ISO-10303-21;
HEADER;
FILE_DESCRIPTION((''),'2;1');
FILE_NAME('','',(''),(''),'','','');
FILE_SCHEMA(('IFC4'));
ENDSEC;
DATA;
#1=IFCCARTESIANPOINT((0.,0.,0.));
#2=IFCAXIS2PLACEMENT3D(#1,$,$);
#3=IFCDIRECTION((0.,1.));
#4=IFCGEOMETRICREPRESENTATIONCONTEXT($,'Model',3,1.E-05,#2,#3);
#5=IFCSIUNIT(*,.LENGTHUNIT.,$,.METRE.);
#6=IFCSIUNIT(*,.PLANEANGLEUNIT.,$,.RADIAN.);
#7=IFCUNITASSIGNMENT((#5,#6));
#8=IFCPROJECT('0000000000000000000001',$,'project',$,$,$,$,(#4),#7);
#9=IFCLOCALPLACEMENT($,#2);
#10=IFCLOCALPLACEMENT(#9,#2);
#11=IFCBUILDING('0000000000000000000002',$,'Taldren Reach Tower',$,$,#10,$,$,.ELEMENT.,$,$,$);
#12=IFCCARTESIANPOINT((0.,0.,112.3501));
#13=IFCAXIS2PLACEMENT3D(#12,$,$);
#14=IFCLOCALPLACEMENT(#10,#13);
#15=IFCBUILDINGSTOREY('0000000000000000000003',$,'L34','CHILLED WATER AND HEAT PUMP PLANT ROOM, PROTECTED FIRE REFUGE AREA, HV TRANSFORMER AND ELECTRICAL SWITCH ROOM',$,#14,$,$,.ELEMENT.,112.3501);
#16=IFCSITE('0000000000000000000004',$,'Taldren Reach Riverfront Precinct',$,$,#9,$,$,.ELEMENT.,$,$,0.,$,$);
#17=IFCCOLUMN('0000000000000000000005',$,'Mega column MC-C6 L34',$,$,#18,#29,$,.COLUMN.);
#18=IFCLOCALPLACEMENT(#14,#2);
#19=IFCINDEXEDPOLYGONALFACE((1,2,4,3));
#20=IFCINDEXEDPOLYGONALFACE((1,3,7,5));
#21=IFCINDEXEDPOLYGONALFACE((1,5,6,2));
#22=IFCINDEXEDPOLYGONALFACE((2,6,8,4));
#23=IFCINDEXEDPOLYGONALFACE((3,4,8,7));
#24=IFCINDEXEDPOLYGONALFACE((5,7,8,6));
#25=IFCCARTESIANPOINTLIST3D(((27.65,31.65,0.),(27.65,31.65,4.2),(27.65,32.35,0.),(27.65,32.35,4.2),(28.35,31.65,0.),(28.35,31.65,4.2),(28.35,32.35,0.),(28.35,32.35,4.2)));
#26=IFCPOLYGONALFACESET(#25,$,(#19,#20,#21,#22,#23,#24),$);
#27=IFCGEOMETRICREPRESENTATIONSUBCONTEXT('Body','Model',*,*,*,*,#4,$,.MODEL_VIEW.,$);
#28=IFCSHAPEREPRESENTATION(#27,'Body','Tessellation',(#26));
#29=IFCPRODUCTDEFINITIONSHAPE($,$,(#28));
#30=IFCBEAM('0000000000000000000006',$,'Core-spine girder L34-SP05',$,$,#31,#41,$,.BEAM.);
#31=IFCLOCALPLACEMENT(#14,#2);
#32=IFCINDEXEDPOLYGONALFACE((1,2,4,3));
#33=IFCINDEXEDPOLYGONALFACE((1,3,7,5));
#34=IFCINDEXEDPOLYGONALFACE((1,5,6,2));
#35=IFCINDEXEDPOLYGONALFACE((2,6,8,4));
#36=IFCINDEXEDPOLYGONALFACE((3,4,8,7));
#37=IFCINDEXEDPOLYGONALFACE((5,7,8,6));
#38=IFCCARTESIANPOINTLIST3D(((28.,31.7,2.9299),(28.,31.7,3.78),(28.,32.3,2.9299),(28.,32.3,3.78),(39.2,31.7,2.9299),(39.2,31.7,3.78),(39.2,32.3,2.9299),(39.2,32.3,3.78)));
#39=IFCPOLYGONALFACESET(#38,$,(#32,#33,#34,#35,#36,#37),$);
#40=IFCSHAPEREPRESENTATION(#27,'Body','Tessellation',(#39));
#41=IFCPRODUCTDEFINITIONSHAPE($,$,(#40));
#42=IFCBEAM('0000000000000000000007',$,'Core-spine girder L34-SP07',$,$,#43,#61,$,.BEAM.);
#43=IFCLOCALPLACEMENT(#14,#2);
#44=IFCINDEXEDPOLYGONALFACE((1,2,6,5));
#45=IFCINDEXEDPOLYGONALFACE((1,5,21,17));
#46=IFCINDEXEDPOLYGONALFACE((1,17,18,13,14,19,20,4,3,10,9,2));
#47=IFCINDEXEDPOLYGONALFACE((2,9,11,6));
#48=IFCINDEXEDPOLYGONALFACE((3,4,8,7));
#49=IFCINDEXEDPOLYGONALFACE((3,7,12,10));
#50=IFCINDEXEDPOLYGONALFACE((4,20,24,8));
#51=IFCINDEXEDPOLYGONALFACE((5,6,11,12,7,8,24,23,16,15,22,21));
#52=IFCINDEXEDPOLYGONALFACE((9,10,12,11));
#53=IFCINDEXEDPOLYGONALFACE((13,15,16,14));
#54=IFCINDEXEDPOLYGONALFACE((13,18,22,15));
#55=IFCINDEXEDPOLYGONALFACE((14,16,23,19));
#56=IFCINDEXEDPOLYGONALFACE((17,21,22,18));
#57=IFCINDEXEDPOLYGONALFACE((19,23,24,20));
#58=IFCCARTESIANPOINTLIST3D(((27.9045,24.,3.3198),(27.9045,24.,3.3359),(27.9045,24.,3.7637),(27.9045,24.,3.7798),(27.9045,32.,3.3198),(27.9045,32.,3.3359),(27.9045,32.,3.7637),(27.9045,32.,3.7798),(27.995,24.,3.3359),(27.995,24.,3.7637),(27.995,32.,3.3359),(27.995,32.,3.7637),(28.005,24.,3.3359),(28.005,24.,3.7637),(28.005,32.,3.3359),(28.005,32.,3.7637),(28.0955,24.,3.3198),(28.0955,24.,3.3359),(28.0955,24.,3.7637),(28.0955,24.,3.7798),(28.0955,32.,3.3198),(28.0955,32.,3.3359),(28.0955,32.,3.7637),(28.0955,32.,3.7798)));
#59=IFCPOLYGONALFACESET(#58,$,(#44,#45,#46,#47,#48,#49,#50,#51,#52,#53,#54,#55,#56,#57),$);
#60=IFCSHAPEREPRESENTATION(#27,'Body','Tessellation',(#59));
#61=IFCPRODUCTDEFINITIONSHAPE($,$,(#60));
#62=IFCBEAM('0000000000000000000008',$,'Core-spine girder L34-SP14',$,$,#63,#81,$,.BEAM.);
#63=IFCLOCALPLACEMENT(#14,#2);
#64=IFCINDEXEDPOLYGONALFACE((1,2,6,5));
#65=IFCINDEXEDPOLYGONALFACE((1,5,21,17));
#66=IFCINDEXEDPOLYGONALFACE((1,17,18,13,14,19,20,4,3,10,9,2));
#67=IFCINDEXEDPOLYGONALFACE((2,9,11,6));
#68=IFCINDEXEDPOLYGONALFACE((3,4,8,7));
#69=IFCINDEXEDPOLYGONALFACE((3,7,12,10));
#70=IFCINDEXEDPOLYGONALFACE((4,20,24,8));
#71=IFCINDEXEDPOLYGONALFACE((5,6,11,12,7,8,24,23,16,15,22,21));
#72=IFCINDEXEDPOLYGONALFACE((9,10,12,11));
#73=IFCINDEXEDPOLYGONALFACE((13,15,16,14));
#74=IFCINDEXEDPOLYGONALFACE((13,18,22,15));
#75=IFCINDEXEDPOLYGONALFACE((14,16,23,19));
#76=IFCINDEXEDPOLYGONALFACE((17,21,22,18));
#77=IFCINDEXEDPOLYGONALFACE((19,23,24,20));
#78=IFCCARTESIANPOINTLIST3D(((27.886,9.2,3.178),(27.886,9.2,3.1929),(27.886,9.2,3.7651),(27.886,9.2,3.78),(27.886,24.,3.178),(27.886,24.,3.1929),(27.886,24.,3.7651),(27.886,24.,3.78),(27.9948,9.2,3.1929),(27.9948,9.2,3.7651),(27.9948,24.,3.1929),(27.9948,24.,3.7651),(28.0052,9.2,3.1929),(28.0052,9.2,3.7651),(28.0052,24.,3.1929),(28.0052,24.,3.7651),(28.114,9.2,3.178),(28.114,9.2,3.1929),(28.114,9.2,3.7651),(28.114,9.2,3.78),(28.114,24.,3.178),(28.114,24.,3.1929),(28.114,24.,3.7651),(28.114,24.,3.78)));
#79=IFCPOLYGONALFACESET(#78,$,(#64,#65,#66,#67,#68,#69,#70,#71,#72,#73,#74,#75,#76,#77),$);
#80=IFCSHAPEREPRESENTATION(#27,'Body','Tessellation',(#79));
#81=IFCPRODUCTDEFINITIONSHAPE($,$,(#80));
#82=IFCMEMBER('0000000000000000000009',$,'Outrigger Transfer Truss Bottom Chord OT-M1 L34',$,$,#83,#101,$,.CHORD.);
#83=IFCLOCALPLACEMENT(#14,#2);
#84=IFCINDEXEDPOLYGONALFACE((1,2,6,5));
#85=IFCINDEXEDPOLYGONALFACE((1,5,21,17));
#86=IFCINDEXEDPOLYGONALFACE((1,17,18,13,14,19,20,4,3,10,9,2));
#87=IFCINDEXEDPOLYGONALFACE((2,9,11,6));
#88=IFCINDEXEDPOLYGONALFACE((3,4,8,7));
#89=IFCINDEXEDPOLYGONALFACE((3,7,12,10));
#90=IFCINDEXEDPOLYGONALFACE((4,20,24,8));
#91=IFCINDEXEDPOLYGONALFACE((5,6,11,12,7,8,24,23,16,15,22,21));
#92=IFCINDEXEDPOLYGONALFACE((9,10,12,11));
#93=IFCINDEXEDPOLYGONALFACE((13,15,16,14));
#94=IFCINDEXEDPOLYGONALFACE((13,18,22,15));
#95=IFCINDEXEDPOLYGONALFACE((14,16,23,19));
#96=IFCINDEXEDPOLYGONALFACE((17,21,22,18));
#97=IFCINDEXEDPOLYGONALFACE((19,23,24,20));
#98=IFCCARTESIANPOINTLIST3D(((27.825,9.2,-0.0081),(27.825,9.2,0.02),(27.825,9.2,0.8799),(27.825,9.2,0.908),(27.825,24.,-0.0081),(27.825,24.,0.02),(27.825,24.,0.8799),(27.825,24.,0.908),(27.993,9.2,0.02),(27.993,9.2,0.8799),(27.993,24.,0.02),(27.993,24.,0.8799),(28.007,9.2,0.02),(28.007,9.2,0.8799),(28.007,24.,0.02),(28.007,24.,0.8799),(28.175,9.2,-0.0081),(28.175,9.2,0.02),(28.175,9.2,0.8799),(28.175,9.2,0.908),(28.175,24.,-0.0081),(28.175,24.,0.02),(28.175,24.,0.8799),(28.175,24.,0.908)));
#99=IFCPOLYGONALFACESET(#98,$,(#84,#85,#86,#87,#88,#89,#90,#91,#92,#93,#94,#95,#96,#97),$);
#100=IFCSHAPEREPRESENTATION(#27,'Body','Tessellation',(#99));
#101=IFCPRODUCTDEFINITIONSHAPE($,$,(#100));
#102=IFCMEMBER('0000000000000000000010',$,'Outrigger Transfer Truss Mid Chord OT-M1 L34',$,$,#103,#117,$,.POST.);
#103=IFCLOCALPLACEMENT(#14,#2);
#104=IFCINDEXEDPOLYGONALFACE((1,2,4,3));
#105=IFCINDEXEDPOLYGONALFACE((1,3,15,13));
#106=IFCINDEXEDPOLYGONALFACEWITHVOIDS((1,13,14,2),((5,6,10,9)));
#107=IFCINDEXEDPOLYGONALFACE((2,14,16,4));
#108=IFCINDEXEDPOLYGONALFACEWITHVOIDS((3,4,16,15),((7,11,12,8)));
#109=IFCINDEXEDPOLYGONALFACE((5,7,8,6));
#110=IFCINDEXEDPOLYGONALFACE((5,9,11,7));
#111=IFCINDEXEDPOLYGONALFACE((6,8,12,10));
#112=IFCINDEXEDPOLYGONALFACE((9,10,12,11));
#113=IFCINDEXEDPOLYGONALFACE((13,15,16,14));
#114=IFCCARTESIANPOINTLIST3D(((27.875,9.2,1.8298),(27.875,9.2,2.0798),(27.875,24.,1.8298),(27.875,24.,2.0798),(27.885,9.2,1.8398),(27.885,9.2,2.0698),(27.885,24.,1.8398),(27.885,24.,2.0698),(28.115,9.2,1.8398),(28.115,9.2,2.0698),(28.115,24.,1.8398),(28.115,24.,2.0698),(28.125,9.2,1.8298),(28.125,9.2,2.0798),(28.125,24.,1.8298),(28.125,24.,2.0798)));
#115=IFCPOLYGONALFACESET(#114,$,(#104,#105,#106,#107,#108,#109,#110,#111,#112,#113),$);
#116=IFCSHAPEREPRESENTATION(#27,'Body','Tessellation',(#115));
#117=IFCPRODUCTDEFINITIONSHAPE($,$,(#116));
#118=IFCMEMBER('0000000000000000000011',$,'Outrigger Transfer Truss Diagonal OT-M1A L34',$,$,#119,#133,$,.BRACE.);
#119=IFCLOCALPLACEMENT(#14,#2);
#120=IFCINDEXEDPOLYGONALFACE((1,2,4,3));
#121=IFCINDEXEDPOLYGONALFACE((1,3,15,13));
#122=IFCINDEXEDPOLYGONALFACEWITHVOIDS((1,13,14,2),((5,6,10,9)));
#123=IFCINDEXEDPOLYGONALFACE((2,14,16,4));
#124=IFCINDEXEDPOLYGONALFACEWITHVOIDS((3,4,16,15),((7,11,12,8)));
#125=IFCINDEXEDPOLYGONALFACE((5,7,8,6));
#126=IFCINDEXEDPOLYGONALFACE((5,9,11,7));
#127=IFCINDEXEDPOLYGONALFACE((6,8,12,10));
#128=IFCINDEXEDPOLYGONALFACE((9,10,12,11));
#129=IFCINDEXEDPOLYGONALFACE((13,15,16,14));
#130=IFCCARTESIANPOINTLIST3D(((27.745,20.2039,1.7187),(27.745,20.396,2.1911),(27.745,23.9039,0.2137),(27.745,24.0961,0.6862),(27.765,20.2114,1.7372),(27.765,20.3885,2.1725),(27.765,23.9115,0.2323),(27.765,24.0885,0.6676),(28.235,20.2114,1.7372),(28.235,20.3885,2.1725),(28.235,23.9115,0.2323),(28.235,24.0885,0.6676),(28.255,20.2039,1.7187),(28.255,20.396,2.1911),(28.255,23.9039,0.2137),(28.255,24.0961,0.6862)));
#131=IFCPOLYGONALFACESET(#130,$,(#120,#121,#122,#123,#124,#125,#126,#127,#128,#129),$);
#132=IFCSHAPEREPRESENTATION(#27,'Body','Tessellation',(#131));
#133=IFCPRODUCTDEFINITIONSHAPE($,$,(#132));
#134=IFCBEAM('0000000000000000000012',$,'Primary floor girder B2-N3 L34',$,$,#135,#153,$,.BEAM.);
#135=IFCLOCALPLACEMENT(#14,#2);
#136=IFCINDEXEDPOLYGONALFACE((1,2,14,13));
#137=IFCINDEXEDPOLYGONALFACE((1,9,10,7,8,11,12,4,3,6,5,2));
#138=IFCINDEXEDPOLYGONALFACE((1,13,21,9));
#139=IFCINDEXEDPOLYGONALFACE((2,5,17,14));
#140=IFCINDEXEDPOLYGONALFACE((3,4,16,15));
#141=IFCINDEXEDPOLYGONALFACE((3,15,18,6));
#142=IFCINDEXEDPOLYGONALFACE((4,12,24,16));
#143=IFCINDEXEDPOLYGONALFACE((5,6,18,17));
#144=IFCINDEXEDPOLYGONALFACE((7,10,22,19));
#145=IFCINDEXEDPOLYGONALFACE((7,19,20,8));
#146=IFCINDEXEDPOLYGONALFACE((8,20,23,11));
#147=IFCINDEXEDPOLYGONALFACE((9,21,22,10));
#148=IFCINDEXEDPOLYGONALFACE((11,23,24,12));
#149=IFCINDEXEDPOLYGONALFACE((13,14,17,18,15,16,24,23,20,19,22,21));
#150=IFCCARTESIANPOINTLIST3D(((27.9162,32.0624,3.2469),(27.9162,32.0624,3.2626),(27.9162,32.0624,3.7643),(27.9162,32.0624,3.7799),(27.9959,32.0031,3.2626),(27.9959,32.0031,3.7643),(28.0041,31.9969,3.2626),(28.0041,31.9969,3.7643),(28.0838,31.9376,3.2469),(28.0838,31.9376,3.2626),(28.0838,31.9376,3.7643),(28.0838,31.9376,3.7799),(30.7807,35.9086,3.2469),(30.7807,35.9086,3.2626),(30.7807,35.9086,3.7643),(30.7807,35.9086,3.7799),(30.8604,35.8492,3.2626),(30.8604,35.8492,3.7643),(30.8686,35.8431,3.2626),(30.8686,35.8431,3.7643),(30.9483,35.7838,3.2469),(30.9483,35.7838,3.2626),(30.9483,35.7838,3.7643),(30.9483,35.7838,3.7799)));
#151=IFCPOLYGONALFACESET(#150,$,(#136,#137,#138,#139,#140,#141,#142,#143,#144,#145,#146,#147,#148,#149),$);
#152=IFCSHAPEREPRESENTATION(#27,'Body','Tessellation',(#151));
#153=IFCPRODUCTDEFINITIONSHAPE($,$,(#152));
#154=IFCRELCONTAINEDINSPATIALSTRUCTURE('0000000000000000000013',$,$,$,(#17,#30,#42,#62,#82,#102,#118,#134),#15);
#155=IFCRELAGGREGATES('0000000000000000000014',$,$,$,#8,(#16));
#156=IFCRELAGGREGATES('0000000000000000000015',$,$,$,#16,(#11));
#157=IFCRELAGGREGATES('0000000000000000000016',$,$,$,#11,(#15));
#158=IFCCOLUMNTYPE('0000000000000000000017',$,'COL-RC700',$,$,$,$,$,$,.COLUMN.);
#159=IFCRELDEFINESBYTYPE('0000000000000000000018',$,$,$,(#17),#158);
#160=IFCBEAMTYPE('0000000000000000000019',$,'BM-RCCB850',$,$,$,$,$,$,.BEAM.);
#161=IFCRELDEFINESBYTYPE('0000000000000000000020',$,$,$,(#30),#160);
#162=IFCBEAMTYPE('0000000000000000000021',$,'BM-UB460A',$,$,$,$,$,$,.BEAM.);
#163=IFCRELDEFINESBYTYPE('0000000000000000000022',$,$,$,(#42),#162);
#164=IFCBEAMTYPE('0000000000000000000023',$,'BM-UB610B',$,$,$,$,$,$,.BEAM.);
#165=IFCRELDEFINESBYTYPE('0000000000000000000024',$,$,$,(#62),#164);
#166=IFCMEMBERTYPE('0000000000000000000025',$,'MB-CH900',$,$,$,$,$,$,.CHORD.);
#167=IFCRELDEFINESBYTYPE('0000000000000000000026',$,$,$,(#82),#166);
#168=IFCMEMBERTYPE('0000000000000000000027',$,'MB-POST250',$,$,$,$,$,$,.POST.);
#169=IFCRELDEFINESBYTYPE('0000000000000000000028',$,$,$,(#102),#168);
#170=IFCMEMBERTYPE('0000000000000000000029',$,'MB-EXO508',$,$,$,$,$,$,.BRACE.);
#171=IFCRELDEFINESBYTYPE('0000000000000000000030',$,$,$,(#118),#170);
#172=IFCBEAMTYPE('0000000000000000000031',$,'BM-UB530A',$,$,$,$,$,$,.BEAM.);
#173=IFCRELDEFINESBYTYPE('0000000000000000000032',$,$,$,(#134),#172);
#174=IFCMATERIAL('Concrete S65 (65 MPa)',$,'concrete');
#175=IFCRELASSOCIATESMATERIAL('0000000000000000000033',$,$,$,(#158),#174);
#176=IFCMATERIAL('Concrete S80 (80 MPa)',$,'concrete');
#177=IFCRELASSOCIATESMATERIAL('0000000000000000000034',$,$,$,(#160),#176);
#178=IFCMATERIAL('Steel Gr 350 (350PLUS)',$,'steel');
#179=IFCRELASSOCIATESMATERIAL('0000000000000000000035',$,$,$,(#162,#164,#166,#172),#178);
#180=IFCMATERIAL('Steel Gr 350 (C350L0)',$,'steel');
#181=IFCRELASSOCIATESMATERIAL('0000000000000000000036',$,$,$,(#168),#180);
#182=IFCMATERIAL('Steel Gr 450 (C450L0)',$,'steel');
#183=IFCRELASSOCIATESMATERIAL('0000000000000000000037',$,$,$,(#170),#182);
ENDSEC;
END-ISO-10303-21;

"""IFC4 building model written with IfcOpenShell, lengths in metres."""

from ifc_helpers import new_model, si_unit, direction, frame, origin, origin_2d, place, context, subcontext, project, spatial, rectangle, hollow_rectangle, i_section, extrude, source, transform, mapped, material, material_profile, profile_set, type_object, element, save


model = new_model("IFC4")

# Units and contexts
model_context = context("Model", 3, precision=1e-05, world=origin(), true_north=direction((0.0, 1.0)))
body_context = subcontext(model_context, "Body", "Model", "MODEL_VIEW")
ifc_project = project(units=[si_unit("LENGTHUNIT", "METRE"), si_unit("PLANEANGLEUNIT", "RADIAN")], contexts=[model_context])

# Site, building, storey
site_placement = place(None, origin())
site = spatial("IfcSite", under=ifc_project, at=site_placement, Name="Taldren Reach Riverfront Precinct", CompositionType="ELEMENT", RefElevation=0.0)
building_placement = place(site_placement, origin())
building = spatial("IfcBuilding", under=site, at=building_placement, Name="Taldren Reach Tower", CompositionType="ELEMENT")
storey_placement = place(building_placement, frame((0.0, 0.0, 112.3501)))
storey = spatial("IfcBuildingStorey", under=building, at=storey_placement, Name="L34", Description="CHILLED WATER AND HEAT PUMP PLANT ROOM, PROTECTED FIRE REFUGE AREA, HV TRANSFORMER AND ELECTRICAL SWITCH ROOM", CompositionType="ELEMENT", Elevation=112.3501)

# Column
ifc_material_1 = material(Name="Concrete S65 (65 MPa)", Category="concrete")
ifc_material_profile_1 = material_profile(ifc_material_1, rectangle(XDim=0.7, YDim=0.7, at=origin_2d()), Name="RC-700x700")
ifc_profile_set_1 = profile_set([ifc_material_profile_1], Name="Concrete S65 (65 MPa)")
column_type = type_object("IfcColumnType", Name="COL-RC700", PredefinedType="COLUMN", material=ifc_profile_set_1)
shared_shape_1 = source(origin(), body_context, "Body", "SweptSolid", [
    extrude(rectangle(XDim=0.7, YDim=0.7, at=origin_2d()), origin(), (0.0, 0.0, 1.0), 4.2),
])
column_placement = place(storey_placement, frame((28.0, 32.0, 0.0), z_axis=(0.0, 0.0, 1.0), x_axis=(1.0, 0.0, 0.0)))
element("IfcColumn", 1, at=column_placement, inside=storey, type_object=column_type, Name="Mega column MC-C6 L34", PredefinedType="COLUMN", context=body_context, shape_type="MappedRepresentation", body=[
    mapped(shared_shape_1, transform((0.0, 0.0, 0.0), scale=1.0)),
])

# Beams
ifc_material_2 = material(Name="Concrete S80 (80 MPa)", Category="concrete")
ifc_material_profile_2 = material_profile(ifc_material_2, rectangle(XDim=0.6001, YDim=0.8501, at=origin_2d()), Name="RC-CB600x850")
ifc_profile_set_2 = profile_set([ifc_material_profile_2], Name="Concrete S80 (80 MPa)")
beam_type_1 = type_object("IfcBeamType", Name="BM-RCCB850", PredefinedType="BEAM", material=ifc_profile_set_2)
shared_shape_2 = source(origin(), body_context, "Body", "SweptSolid", [
    extrude(rectangle(XDim=0.6001, YDim=0.8501, at=origin_2d()), origin(), (0.0, 0.0, 1.0), 11.2),
])
beam_1_placement = place(storey_placement, frame((28.0, 32.0, 3.355), z_axis=(1.0, 0.0, 0.0), x_axis=(0.0, 1.0, 0.0)))
element("IfcBeam", 2, at=beam_1_placement, inside=storey, type_object=beam_type_1, Name="Core-spine girder L34-SP05", PredefinedType="BEAM", context=body_context, shape_type="MappedRepresentation", body=[
    mapped(shared_shape_2, transform((0.0, 0.0, 0.0), scale=1.0)),
])
ifc_material_3 = material(Name="Steel Gr 350 (350PLUS)", Category="steel")
ifc_material_profile_3 = material_profile(ifc_material_3, i_section(OverallWidth=0.1909, OverallDepth=0.46, WebThickness=0.01, FlangeThickness=0.0161, at=origin_2d()), Name="460UB82.1")
ifc_profile_set_3 = profile_set([ifc_material_profile_3], Name="Steel Gr 350 (350PLUS)")
beam_type_2 = type_object("IfcBeamType", Name="BM-UB460A", PredefinedType="BEAM", material=ifc_profile_set_3)
shared_shape_3 = source(origin(), body_context, "Body", "SweptSolid", [
    extrude(i_section(OverallWidth=0.1909, OverallDepth=0.46, WebThickness=0.01, FlangeThickness=0.0161, at=origin_2d()), origin(), (0.0, 0.0, 1.0), 8.0),
])
beam_2_placement = place(storey_placement, frame((28.0, 24.0, 3.5498), z_axis=(0.0, 1.0, 0.0), x_axis=(-1.0, 0.0, 0.0)))
element("IfcBeam", 3, at=beam_2_placement, inside=storey, type_object=beam_type_2, Name="Core-spine girder L34-SP07", PredefinedType="BEAM", context=body_context, shape_type="MappedRepresentation", body=[
    mapped(shared_shape_3, transform((0.0, 0.0, 0.0), scale=1.0)),
])
ifc_material_profile_4 = material_profile(ifc_material_3, i_section(OverallWidth=0.228, OverallDepth=0.6021, WebThickness=0.0105, FlangeThickness=0.0149, at=origin_2d()), Name="610UB101")
ifc_profile_set_4 = profile_set([ifc_material_profile_4], Name="Steel Gr 350 (350PLUS)")
beam_type_3 = type_object("IfcBeamType", Name="BM-UB610B", PredefinedType="BEAM", material=ifc_profile_set_4)
shared_shape_4 = source(origin(), body_context, "Body", "SweptSolid", [
    extrude(i_section(OverallWidth=0.228, OverallDepth=0.6021, WebThickness=0.0105, FlangeThickness=0.0149, at=origin_2d()), origin(), (0.0, 0.0, 1.0), 14.8),
])
beam_3_placement = place(storey_placement, frame((28.0, 24.0, 3.479), z_axis=(0.0, -1.0, 0.0), x_axis=(1.0, 0.0, 0.0)))
element("IfcBeam", 4, at=beam_3_placement, inside=storey, type_object=beam_type_3, Name="Core-spine girder L34-SP14", PredefinedType="BEAM", context=body_context, shape_type="MappedRepresentation", body=[
    mapped(shared_shape_4, transform((0.0, 0.0, 0.0), scale=1.0)),
])

# Members
ifc_material_profile_5 = material_profile(ifc_material_3, i_section(OverallWidth=0.3501, OverallDepth=0.916, WebThickness=0.0139, FlangeThickness=0.0281, at=origin_2d()), Name="900WB257")
ifc_profile_set_5 = profile_set([ifc_material_profile_5], Name="Steel Gr 350 (350PLUS)")
member_type_1 = type_object("IfcMemberType", Name="MB-CH900", PredefinedType="CHORD", material=ifc_profile_set_5)
shared_shape_5 = source(origin(), body_context, "Body", "SweptSolid", [
    extrude(i_section(OverallWidth=0.3501, OverallDepth=0.916, WebThickness=0.0139, FlangeThickness=0.0281, at=origin_2d()), origin(), (0.0, 0.0, 1.0), 14.8),
])
member_1_placement = place(storey_placement, frame((28.0, 24.0, 0.45), z_axis=(0.0, -1.0, 0.0), x_axis=(1.0, 0.0, 0.0)))
element("IfcMember", 5, at=member_1_placement, inside=storey, type_object=member_type_1, Name="Outrigger Transfer Truss Bottom Chord OT-M1 L34", PredefinedType="CHORD", context=body_context, shape_type="MappedRepresentation", body=[
    mapped(shared_shape_5, transform((0.0, 0.0, 0.0), scale=1.0)),
])
ifc_material_4 = material(Name="Steel Gr 350 (C350L0)", Category="steel")
ifc_material_profile_6 = material_profile(ifc_material_4, hollow_rectangle(XDim=0.25, YDim=0.25, WallThickness=0.01, at=origin_2d()), Name="250x250x10.0SHS")
ifc_profile_set_6 = profile_set([ifc_material_profile_6], Name="Steel Gr 350 (C350L0)")
member_type_2 = type_object("IfcMemberType", Name="MB-POST250", PredefinedType="POST", material=ifc_profile_set_6)
shared_shape_6 = source(origin(), body_context, "Body", "SweptSolid", [
    extrude(hollow_rectangle(XDim=0.25, YDim=0.25, WallThickness=0.01, at=origin_2d()), origin(), (0.0, 0.0, 1.0), 14.8),
])
member_2_placement = place(storey_placement, frame((28.0, 24.0, 1.9548), z_axis=(0.0, -1.0, 0.0), x_axis=(1.0, 0.0, 0.0)))
element("IfcMember", 6, at=member_2_placement, inside=storey, type_object=member_type_2, Name="Outrigger Transfer Truss Mid Chord OT-M1 L34", PredefinedType="POST", context=body_context, shape_type="MappedRepresentation", body=[
    mapped(shared_shape_6, transform((0.0, 0.0, 0.0), scale=1.0)),
])
ifc_material_5 = material(Name="Steel Gr 450 (C450L0)", Category="steel")
ifc_material_profile_7 = material_profile(ifc_material_5, hollow_rectangle(XDim=0.51, YDim=0.51, WallThickness=0.02, at=origin_2d()), Name="510x510x20.0SHS")
ifc_profile_set_7 = profile_set([ifc_material_profile_7], Name="Steel Gr 450 (C450L0)")
member_type_3 = type_object("IfcMemberType", Name="MB-EXO508", PredefinedType="BRACE", material=ifc_profile_set_7)
shared_shape_7 = source(origin(), body_context, "Body", "SweptSolid", [
    extrude(hollow_rectangle(XDim=0.51, YDim=0.51, WallThickness=0.02, at=origin_2d()), origin(), (0.0, 0.0, 1.0), 3.9944),
])
member_3_placement = place(storey_placement, frame((28.0, 24.0, 0.45), z_axis=(0.0, -0.926311, 0.376759), x_axis=(1.0, 0.0, 0.0)))
element("IfcMember", 7, at=member_3_placement, inside=storey, type_object=member_type_3, Name="Outrigger Transfer Truss Diagonal OT-M1A L34", PredefinedType="BRACE", context=body_context, shape_type="MappedRepresentation", body=[
    mapped(shared_shape_7, transform((0.0, 0.0, 0.0), scale=1.0)),
])

# Beam
ifc_material_profile_8 = material_profile(ifc_material_3, i_section(OverallWidth=0.209, OverallDepth=0.533, WebThickness=0.0103, FlangeThickness=0.0156, at=origin_2d()), Name="530UB92.4")
ifc_profile_set_8 = profile_set([ifc_material_profile_8], Name="Steel Gr 350 (350PLUS)")
beam_type_4 = type_object("IfcBeamType", Name="BM-UB530A", PredefinedType="BEAM", material=ifc_profile_set_8)
shared_shape_8 = source(origin(), body_context, "Body", "SweptSolid", [
    extrude(i_section(OverallWidth=0.209, OverallDepth=0.533, WebThickness=0.0103, FlangeThickness=0.0156, at=origin_2d()), origin(), (0.0, 0.0, 1.0), 4.7957),
])
beam_4_placement = place(storey_placement, frame((28.0, 32.0, 3.5134), z_axis=(0.597309, 0.802011, 0.0), x_axis=(-0.802011, 0.597309, 0.0)))
element("IfcBeam", 8, at=beam_4_placement, inside=storey, type_object=beam_type_4, Name="Primary floor girder B2-N3 L34", PredefinedType="BEAM", context=body_context, shape_type="MappedRepresentation", body=[
    mapped(shared_shape_8, transform((0.0, 0.0, 0.0), scale=1.0)),
])

save(model, "model.ifc")
